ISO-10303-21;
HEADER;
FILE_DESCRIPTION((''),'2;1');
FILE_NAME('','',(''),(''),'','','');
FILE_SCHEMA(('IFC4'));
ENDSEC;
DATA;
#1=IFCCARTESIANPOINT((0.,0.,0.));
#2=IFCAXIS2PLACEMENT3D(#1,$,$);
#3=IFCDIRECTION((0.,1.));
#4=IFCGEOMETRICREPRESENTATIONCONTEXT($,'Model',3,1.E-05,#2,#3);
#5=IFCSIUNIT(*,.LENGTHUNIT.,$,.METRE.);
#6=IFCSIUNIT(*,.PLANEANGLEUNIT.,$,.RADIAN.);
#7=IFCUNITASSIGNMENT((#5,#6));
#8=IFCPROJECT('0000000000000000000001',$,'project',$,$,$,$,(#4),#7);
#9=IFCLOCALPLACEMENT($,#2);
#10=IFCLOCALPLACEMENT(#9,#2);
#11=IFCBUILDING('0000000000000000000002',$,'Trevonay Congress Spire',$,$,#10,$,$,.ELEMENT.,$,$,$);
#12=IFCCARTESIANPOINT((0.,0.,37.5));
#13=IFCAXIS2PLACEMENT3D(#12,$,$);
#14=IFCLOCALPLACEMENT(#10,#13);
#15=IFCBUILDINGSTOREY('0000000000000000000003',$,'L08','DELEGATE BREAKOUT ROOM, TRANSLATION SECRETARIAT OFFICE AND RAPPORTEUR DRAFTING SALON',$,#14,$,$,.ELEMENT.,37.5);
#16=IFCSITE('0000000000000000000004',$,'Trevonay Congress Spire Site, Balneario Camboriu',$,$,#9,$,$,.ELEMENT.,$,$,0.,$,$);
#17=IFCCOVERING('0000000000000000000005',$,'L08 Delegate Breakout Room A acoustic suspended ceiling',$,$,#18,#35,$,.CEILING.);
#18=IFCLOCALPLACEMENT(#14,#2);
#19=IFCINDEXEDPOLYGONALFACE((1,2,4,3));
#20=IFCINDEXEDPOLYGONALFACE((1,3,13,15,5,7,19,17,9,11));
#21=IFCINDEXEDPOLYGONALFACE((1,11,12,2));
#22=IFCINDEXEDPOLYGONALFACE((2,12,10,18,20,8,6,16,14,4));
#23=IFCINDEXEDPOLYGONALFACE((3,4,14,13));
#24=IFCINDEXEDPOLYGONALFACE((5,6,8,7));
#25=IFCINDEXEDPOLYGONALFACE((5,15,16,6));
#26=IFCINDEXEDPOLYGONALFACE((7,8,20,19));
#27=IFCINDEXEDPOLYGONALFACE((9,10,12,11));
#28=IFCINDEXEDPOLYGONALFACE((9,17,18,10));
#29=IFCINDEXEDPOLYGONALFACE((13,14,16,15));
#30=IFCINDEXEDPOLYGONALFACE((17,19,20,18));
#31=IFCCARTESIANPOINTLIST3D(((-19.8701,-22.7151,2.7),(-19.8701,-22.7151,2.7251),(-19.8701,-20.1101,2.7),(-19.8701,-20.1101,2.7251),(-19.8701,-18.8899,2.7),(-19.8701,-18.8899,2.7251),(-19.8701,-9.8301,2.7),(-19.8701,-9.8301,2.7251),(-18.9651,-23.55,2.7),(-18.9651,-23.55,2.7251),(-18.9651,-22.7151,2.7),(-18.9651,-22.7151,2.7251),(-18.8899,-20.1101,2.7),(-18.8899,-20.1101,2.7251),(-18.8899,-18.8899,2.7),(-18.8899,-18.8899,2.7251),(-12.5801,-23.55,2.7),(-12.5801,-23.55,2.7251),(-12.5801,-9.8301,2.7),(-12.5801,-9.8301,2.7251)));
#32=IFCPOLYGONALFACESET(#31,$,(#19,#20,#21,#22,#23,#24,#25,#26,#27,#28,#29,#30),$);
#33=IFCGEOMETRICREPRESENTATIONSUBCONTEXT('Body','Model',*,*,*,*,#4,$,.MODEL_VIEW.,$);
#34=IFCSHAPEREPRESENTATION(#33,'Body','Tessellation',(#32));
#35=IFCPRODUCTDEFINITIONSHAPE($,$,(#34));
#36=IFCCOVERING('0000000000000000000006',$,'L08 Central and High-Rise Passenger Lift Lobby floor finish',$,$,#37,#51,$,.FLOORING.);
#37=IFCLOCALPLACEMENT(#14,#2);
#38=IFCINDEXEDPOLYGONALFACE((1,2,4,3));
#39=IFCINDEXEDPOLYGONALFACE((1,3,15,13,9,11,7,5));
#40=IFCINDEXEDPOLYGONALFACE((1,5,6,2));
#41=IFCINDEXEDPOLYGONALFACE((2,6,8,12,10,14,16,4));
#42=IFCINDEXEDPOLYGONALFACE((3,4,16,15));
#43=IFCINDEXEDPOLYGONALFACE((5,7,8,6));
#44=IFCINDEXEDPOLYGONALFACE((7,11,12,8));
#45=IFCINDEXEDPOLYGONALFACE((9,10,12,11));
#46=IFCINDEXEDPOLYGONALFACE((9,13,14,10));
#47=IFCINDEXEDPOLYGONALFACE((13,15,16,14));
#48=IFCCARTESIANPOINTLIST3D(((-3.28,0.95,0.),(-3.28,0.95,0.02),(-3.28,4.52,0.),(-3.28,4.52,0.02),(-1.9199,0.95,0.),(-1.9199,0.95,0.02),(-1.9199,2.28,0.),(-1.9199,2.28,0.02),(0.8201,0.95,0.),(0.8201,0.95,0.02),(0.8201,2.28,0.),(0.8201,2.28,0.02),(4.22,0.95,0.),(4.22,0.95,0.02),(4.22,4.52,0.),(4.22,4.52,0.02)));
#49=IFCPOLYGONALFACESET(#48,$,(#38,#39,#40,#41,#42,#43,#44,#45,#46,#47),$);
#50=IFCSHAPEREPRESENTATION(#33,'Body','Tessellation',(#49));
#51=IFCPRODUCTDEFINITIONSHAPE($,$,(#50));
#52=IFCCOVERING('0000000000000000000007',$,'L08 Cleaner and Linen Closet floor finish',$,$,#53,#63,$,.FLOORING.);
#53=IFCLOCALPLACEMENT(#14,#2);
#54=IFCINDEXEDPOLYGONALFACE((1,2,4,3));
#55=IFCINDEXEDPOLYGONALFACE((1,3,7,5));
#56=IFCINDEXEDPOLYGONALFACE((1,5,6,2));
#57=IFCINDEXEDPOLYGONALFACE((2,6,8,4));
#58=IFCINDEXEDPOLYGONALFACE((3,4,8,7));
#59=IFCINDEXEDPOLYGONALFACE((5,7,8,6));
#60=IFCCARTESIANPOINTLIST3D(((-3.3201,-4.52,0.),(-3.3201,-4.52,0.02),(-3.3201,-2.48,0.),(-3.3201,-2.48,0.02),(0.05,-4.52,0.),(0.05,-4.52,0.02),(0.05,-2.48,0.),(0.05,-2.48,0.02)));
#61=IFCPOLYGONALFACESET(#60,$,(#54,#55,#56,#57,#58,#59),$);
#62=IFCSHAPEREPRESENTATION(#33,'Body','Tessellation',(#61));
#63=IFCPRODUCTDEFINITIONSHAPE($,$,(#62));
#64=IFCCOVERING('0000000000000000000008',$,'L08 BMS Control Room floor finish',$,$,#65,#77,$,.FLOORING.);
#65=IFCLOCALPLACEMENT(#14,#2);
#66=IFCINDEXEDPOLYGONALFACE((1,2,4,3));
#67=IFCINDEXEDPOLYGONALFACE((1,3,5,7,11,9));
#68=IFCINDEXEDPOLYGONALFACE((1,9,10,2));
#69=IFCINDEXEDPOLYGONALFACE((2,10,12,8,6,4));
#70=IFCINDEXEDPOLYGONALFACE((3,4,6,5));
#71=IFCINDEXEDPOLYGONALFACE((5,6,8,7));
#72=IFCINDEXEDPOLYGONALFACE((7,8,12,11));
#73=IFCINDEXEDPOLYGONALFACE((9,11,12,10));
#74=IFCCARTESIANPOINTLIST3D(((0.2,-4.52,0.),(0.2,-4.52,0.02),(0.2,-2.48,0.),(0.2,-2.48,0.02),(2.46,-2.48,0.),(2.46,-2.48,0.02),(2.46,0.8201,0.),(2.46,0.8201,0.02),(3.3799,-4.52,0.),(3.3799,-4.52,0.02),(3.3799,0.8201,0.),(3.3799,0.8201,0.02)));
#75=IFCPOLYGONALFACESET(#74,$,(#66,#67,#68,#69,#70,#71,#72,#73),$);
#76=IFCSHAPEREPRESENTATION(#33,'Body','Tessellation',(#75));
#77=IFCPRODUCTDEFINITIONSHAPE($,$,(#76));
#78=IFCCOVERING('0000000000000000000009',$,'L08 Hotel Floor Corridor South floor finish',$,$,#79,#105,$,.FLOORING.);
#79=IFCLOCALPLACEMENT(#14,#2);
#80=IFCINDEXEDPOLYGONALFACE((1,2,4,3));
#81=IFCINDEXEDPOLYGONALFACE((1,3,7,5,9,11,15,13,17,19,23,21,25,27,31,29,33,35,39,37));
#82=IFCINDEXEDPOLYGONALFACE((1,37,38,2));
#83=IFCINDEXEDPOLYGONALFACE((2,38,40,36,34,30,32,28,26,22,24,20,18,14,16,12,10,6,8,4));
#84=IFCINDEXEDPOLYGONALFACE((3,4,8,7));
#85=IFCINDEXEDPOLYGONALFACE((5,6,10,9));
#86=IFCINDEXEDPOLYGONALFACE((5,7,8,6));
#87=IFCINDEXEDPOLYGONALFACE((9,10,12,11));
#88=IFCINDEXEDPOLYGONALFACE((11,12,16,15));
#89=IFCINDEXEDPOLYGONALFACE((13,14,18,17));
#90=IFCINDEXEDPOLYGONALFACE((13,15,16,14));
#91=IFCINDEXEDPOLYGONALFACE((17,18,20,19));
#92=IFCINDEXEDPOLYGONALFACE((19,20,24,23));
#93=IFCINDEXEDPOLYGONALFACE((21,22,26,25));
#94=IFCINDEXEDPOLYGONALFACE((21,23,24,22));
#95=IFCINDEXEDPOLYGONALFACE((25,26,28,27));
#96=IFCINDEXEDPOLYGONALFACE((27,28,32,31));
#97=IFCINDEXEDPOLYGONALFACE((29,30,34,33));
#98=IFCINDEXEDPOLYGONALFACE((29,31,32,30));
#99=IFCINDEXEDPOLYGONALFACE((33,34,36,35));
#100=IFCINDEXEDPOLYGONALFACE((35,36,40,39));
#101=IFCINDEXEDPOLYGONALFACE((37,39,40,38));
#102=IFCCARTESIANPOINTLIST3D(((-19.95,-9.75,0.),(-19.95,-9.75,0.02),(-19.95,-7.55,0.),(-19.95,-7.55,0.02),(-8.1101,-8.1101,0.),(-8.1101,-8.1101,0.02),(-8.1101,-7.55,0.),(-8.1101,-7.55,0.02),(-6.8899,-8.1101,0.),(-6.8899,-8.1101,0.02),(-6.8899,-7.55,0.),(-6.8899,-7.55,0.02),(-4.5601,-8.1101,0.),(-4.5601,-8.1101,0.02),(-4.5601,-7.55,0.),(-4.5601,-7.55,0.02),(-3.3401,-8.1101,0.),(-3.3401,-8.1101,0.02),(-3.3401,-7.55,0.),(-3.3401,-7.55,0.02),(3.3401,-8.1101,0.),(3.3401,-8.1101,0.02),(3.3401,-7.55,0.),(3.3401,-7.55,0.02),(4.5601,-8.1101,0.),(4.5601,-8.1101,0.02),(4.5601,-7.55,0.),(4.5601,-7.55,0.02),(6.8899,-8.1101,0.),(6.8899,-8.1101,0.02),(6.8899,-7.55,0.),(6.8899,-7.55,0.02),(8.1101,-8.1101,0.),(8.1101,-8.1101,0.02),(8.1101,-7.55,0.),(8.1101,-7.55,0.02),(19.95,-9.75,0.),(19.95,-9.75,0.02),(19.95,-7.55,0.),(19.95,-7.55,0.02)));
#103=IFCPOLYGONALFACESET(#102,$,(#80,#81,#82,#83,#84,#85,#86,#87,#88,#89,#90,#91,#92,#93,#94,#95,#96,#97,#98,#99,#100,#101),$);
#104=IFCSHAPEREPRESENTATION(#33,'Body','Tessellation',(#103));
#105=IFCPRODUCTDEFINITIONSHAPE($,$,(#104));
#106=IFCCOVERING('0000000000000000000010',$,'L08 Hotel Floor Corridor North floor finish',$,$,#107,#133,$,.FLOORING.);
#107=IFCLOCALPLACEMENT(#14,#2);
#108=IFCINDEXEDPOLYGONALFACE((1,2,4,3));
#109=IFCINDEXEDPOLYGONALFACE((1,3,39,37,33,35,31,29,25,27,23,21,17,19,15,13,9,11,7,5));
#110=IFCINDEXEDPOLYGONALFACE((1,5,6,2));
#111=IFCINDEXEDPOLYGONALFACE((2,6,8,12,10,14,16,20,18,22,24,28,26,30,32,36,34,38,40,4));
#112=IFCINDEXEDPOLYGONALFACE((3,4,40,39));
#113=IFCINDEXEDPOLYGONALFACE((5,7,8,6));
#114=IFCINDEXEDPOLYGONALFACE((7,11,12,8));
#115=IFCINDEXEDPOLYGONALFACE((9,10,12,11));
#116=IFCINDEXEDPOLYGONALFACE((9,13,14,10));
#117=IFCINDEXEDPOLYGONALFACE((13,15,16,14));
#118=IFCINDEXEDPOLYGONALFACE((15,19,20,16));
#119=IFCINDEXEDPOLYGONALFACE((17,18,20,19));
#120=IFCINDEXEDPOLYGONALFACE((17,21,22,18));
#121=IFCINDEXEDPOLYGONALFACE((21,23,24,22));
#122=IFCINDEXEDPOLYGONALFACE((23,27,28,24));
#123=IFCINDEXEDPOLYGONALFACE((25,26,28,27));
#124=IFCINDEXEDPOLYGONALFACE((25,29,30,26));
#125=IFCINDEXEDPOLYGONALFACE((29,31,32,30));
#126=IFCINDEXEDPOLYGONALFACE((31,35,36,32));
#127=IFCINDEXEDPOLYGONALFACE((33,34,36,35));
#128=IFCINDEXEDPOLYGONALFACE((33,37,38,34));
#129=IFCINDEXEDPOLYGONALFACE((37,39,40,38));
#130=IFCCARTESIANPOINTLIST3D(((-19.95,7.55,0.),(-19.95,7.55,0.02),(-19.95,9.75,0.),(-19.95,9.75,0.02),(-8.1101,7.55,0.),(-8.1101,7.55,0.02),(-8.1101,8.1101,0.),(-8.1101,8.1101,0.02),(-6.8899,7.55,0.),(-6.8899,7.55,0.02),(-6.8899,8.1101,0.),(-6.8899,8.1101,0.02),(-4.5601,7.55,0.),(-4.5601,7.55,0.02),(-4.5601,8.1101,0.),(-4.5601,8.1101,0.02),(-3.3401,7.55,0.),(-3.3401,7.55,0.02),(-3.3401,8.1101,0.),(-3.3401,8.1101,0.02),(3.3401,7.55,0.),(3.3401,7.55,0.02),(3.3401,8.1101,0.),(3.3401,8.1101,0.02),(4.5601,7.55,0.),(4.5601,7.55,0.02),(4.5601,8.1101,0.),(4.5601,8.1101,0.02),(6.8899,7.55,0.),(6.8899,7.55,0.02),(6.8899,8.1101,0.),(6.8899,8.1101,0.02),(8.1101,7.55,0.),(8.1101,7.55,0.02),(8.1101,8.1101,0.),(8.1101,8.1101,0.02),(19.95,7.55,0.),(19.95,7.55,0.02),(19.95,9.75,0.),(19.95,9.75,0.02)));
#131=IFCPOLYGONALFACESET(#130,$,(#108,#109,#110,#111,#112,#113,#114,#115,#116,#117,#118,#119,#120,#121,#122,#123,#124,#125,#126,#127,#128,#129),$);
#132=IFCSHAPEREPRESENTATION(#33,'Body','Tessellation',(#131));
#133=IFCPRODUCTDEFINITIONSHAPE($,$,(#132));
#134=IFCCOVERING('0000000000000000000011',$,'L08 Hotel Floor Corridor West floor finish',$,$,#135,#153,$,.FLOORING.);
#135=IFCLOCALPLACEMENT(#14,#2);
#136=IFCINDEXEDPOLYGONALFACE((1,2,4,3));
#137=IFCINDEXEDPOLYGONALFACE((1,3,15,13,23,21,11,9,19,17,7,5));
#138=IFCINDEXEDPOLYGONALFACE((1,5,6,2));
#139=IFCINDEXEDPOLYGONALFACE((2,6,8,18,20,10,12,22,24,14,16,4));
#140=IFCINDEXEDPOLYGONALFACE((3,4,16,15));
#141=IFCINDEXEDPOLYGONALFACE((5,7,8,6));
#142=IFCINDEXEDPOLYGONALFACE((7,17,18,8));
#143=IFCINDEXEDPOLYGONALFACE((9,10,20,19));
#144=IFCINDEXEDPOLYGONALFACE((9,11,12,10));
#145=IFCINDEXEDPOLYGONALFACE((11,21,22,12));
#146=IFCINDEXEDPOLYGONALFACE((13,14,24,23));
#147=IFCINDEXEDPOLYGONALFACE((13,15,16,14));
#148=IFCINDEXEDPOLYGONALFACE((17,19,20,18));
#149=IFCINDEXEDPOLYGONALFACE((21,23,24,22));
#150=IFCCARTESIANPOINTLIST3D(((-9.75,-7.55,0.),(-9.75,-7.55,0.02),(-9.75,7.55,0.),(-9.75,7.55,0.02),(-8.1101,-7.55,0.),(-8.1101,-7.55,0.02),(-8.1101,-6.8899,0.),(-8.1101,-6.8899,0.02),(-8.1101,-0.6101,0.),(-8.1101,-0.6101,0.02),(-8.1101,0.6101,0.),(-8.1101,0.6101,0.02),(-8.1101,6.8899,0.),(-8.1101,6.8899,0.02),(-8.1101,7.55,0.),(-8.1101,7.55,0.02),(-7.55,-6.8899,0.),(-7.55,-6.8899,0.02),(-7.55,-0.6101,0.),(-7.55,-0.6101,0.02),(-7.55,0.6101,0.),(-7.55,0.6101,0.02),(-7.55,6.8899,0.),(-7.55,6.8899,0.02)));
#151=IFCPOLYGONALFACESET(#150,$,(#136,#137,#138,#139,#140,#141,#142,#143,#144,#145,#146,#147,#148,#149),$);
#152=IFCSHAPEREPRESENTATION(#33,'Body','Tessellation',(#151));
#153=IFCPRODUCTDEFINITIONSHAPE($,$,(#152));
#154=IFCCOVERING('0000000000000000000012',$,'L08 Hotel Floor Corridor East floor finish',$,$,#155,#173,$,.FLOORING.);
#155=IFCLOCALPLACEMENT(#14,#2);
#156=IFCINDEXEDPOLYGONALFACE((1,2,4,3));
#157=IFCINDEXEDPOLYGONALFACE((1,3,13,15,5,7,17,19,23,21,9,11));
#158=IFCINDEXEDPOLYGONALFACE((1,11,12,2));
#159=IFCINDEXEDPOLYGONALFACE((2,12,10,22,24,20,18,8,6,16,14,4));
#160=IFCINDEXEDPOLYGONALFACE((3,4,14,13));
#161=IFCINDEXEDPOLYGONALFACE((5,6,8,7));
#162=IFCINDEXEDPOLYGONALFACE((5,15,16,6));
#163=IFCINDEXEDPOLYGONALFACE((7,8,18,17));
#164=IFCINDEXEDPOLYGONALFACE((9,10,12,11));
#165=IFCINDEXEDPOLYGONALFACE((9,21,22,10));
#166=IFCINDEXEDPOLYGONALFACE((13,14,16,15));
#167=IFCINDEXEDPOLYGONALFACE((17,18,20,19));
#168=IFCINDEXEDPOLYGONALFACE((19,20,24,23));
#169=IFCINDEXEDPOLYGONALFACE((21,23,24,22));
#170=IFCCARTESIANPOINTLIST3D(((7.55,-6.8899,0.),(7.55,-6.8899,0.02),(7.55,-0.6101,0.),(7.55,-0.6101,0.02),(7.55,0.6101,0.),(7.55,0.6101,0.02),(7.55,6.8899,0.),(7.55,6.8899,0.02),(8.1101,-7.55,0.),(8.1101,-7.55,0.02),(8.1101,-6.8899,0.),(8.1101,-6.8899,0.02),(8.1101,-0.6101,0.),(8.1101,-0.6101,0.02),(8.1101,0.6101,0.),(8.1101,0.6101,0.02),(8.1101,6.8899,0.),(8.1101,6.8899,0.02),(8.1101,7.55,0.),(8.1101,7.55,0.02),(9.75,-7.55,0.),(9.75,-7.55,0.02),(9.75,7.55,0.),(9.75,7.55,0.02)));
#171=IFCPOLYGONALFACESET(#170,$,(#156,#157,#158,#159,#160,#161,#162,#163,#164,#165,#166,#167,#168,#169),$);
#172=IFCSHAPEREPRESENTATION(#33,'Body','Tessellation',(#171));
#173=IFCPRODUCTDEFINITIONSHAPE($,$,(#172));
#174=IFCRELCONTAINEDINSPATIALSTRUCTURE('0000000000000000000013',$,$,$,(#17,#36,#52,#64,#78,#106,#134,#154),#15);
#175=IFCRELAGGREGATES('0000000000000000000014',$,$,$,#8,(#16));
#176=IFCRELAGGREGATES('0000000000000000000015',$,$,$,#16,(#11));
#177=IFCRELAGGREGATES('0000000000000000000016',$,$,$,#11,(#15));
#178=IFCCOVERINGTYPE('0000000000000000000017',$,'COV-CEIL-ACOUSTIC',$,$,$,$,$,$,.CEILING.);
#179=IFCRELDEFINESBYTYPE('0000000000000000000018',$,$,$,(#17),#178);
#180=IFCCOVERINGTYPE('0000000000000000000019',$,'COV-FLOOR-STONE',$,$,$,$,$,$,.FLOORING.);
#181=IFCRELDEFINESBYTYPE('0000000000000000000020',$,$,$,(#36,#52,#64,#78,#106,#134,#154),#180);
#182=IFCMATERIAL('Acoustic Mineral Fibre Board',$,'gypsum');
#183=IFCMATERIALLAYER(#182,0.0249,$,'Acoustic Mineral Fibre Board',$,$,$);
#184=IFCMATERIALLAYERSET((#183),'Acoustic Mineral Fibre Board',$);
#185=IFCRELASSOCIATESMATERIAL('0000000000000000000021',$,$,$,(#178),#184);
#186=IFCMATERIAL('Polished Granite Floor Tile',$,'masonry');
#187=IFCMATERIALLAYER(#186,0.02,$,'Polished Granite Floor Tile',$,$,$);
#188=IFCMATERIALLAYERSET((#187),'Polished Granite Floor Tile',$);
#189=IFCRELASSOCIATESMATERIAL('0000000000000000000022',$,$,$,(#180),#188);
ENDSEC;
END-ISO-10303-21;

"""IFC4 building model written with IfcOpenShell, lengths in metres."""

from ifc_helpers import new_model, si_unit, direction, frame, origin, place, context, subcontext, project, spatial, polyline, outline, extrude, material, layer, layer_set, type_object, element, save


model = new_model("IFC4")

# Units and contexts
model_context = context("Model", 3, precision=1e-05, world=origin(), true_north=direction((0.0, 1.0)))
body_context = subcontext(model_context, "Body", "Model", "MODEL_VIEW")
ifc_project = project(units=[si_unit("LENGTHUNIT", "METRE"), si_unit("PLANEANGLEUNIT", "RADIAN")], contexts=[model_context])

# Site, building, storey
site_placement = place(None, origin())
site = spatial("IfcSite", under=ifc_project, at=site_placement, Name="Trevonay Congress Spire Site, Balneario Camboriu", CompositionType="ELEMENT", RefElevation=0.0)
building_placement = place(site_placement, origin())
building = spatial("IfcBuilding", under=site, at=building_placement, Name="Trevonay Congress Spire", CompositionType="ELEMENT")
storey_placement = place(building_placement, frame((0.0, 0.0, 37.5)))
storey = spatial("IfcBuildingStorey", under=building, at=storey_placement, Name="L08", Description="DELEGATE BREAKOUT ROOM, TRANSLATION SECRETARIAT OFFICE AND RAPPORTEUR DRAFTING SALON", CompositionType="ELEMENT", Elevation=37.5)

# Coverings
ifc_material_1 = material(Name="Acoustic Mineral Fibre Board", Category="gypsum")
ifc_layer_1 = layer(ifc_material_1, 0.0249, Name="Acoustic Mineral Fibre Board")
ifc_layer_set_1 = layer_set([ifc_layer_1], Name="Acoustic Mineral Fibre Board")
covering_type_1 = type_object("IfcCoveringType", Name="COV-CEIL-ACOUSTIC", PredefinedType="CEILING", material=ifc_layer_set_1)
covering_1_placement = place(storey_placement, frame((0.0, 0.0, 2.7)))
element("IfcCovering", 1, at=covering_1_placement, inside=storey, type_object=covering_type_1, Name="L08 Delegate Breakout Room A acoustic suspended ceiling", PredefinedType="CEILING", context=body_context, shape_type="SweptSolid", body=[
    extrude(outline(polyline([(-19.8701, -9.8301), (-12.5801, -9.8301), (-12.5801, -23.55), (-18.9651, -23.55), (-18.9651, -22.7151), (-19.8701, -22.7151), (-19.8701, -20.1101), (-18.8899, -20.1101), (-18.8899, -18.8899), (-19.8701, -18.8899), (-19.8701, -9.8301)])), origin(), (0.0, 0.0, 1.0), 0.0251),
])
ifc_material_2 = material(Name="Polished Granite Floor Tile", Category="masonry")
ifc_layer_2 = layer(ifc_material_2, 0.02, Name="Polished Granite Floor Tile")
ifc_layer_set_2 = layer_set([ifc_layer_2], Name="Polished Granite Floor Tile")
covering_type_2 = type_object("IfcCoveringType", Name="COV-FLOOR-STONE", PredefinedType="FLOORING", material=ifc_layer_set_2)
covering_2_placement = place(storey_placement, origin())
element("IfcCovering", 2, at=covering_2_placement, inside=storey, type_object=covering_type_2, Name="L08 Central and High-Rise Passenger Lift Lobby floor finish", PredefinedType="FLOORING", context=body_context, shape_type="SweptSolid", body=[
    extrude(outline(polyline([(-3.28, 0.95), (-1.9199, 0.95), (-1.9199, 2.28), (0.8201, 2.28), (0.8201, 0.95), (4.22, 0.95), (4.22, 4.52), (-3.28, 4.52), (-3.28, 0.95)])), origin(), (0.0, 0.0, 1.0), 0.02),
])
covering_3_placement = place(storey_placement, origin())
element("IfcCovering", 3, at=covering_3_placement, inside=storey, type_object=covering_type_2, Name="L08 Cleaner and Linen Closet floor finish", PredefinedType="FLOORING", context=body_context, shape_type="SweptSolid", body=[
    extrude(outline(polyline([(-3.3201, -4.52), (0.05, -4.52), (0.05, -2.48), (-3.3201, -2.48), (-3.3201, -4.52)])), origin(), (0.0, 0.0, 1.0), 0.02),
])
covering_4_placement = place(storey_placement, origin())
element("IfcCovering", 4, at=covering_4_placement, inside=storey, type_object=covering_type_2, Name="L08 BMS Control Room floor finish", PredefinedType="FLOORING", context=body_context, shape_type="SweptSolid", body=[
    extrude(outline(polyline([(0.2, -4.52), (3.3799, -4.52), (3.3799, 0.8201), (2.46, 0.8201), (2.46, -2.48), (0.2, -2.48), (0.2, -4.52)])), origin(), (0.0, 0.0, 1.0), 0.02),
])
covering_5_placement = place(storey_placement, origin())
element("IfcCovering", 5, at=covering_5_placement, inside=storey, type_object=covering_type_2, Name="L08 Hotel Floor Corridor South floor finish", PredefinedType="FLOORING", context=body_context, shape_type="SweptSolid", body=[
    extrude(outline(polyline([(19.95, -7.55), (19.95, -9.75), (-19.95, -9.75), (-19.95, -7.55), (-8.1101, -7.55), (-8.1101, -8.1101), (-6.8899, -8.1101), (-6.8899, -7.55), (-4.5601, -7.55), (-4.5601, -8.1101), (-3.3401, -8.1101), (-3.3401, -7.55), (3.3401, -7.55), (3.3401, -8.1101), (4.5601, -8.1101), (4.5601, -7.55), (6.8899, -7.55), (6.8899, -8.1101), (8.1101, -8.1101), (8.1101, -7.55), (19.95, -7.55)])), origin(), (0.0, 0.0, 1.0), 0.02),
])
covering_6_placement = place(storey_placement, origin())
element("IfcCovering", 6, at=covering_6_placement, inside=storey, type_object=covering_type_2, Name="L08 Hotel Floor Corridor North floor finish", PredefinedType="FLOORING", context=body_context, shape_type="SweptSolid", body=[
    extrude(outline(polyline([(-19.95, 7.55), (-19.95, 9.75), (19.95, 9.75), (19.95, 7.55), (8.1101, 7.55), (8.1101, 8.1101), (6.8899, 8.1101), (6.8899, 7.55), (4.5601, 7.55), (4.5601, 8.1101), (3.3401, 8.1101), (3.3401, 7.55), (-3.3401, 7.55), (-3.3401, 8.1101), (-4.5601, 8.1101), (-4.5601, 7.55), (-6.8899, 7.55), (-6.8899, 8.1101), (-8.1101, 8.1101), (-8.1101, 7.55), (-19.95, 7.55)])), origin(), (0.0, 0.0, 1.0), 0.02),
])
covering_7_placement = place(storey_placement, origin())
element("IfcCovering", 7, at=covering_7_placement, inside=storey, type_object=covering_type_2, Name="L08 Hotel Floor Corridor West floor finish", PredefinedType="FLOORING", context=body_context, shape_type="SweptSolid", body=[
    extrude(outline(polyline([(-9.75, 7.55), (-8.1101, 7.55), (-8.1101, 6.8899), (-7.55, 6.8899), (-7.55, 0.6101), (-8.1101, 0.6101), (-8.1101, -0.6101), (-7.55, -0.6101), (-7.55, -6.8899), (-8.1101, -6.8899), (-8.1101, -7.55), (-9.75, -7.55), (-9.75, 7.55)])), origin(), (0.0, 0.0, 1.0), 0.02),
])
covering_8_placement = place(storey_placement, origin())
element("IfcCovering", 8, at=covering_8_placement, inside=storey, type_object=covering_type_2, Name="L08 Hotel Floor Corridor East floor finish", PredefinedType="FLOORING", context=body_context, shape_type="SweptSolid", body=[
    extrude(outline(polyline([(9.75, -7.55), (8.1101, -7.55), (8.1101, -6.8899), (7.55, -6.8899), (7.55, -0.6101), (8.1101, -0.6101), (8.1101, 0.6101), (7.55, 0.6101), (7.55, 6.8899), (8.1101, 6.8899), (8.1101, 7.55), (9.75, 7.55), (9.75, -7.55)])), origin(), (0.0, 0.0, 1.0), 0.02),
])

save(model, "model.ifc")
